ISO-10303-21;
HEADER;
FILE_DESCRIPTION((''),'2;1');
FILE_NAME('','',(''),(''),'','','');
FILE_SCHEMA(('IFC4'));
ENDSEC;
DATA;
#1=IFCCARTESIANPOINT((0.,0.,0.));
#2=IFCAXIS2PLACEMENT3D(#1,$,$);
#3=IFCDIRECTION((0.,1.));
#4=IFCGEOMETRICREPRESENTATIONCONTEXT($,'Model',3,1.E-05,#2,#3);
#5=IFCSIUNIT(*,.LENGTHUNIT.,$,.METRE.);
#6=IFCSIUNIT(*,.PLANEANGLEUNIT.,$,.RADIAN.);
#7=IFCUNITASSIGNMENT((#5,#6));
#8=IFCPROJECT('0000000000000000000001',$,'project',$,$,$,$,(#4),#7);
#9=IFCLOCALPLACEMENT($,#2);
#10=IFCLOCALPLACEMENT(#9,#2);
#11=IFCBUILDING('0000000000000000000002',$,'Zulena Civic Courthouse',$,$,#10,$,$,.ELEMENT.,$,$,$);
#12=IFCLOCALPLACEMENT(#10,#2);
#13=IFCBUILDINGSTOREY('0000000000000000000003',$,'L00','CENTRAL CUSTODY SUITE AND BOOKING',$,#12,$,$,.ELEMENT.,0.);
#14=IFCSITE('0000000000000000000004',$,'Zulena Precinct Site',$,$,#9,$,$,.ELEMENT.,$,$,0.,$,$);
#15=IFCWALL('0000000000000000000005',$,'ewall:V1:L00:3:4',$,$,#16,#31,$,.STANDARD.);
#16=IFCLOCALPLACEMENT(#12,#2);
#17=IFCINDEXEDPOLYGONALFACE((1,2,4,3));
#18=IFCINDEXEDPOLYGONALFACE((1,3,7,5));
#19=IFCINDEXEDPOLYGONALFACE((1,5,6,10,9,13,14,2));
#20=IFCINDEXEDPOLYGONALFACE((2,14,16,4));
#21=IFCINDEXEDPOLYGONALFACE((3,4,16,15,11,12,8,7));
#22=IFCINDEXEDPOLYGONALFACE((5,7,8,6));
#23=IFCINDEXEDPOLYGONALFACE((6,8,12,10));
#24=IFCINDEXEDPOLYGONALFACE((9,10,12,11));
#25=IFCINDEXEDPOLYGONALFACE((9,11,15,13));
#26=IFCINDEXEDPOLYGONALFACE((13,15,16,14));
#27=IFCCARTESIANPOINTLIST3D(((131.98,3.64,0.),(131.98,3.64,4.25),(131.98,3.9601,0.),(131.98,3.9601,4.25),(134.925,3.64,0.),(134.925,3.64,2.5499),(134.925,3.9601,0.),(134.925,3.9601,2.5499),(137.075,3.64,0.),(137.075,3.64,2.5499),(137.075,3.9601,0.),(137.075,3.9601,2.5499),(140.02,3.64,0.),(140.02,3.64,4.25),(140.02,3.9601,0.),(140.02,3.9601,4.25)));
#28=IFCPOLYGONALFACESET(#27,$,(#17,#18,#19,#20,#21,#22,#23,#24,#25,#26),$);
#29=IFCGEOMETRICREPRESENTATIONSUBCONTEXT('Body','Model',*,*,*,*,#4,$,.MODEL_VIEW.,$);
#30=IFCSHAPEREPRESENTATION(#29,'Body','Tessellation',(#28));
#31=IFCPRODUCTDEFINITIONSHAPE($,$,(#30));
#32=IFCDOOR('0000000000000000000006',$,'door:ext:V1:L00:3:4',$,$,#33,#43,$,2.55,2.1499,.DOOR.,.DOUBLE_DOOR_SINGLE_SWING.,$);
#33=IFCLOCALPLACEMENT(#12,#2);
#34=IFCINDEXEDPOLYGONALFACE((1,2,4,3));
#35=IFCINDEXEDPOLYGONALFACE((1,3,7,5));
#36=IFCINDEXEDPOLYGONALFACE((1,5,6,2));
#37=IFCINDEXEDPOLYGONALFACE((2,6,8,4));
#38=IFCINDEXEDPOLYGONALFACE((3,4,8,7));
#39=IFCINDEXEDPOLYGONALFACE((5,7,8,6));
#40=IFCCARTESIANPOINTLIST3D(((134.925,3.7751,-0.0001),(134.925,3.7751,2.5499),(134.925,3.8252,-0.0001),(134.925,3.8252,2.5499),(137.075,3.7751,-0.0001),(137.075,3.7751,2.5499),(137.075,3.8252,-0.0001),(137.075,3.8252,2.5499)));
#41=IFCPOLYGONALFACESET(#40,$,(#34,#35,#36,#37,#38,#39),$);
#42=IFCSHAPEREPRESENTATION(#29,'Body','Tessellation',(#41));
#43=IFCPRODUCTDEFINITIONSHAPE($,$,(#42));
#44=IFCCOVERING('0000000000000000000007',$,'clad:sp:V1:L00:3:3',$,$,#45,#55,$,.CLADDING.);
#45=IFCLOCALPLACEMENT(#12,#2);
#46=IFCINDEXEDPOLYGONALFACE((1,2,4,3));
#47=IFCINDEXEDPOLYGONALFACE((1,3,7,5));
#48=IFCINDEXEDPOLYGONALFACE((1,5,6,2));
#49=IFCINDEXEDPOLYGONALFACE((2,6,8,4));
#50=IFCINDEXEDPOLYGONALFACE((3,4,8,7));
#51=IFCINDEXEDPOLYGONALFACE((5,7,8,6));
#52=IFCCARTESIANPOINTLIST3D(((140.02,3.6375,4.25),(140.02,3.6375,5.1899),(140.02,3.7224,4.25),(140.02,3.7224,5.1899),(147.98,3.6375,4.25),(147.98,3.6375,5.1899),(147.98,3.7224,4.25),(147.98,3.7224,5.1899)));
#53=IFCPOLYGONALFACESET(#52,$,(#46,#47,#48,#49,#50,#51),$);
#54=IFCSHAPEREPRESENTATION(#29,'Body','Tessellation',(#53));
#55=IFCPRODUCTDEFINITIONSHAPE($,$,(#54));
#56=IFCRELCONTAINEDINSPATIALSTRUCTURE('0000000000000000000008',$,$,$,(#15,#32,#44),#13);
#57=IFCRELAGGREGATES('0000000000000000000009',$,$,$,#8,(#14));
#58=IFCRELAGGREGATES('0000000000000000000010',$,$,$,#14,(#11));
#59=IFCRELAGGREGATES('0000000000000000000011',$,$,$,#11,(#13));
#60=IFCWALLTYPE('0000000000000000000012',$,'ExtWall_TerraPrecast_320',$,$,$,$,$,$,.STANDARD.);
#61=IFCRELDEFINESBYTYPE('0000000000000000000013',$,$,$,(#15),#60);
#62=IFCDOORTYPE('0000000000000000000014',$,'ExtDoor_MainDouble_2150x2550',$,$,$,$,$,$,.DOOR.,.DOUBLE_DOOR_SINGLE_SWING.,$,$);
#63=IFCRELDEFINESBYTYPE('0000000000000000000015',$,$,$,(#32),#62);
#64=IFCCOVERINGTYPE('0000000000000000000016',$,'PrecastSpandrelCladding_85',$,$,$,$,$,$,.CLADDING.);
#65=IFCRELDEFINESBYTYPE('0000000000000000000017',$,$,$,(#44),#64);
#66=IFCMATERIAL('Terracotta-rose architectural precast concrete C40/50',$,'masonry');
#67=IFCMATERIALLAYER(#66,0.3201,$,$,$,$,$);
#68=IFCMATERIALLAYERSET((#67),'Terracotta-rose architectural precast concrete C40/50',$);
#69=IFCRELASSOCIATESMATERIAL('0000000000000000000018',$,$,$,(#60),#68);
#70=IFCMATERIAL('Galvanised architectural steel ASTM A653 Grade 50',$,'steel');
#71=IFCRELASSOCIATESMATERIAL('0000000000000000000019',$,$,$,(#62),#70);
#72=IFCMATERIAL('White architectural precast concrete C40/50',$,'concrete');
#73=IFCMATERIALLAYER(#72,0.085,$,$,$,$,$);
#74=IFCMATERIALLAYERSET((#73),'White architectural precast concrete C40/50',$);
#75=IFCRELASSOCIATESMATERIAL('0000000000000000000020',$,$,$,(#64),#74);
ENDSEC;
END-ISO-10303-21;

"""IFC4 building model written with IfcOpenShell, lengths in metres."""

from ifc_helpers import new_model, si_unit, direction, frame, frame_2d, origin, origin_2d, place, context, subcontext, project, spatial, rectangle, extrude, material, layer, layer_set, type_object, element, fill, save


model = new_model("IFC4")

# Units and contexts
model_context = context("Model", 3, precision=1e-05, world=origin(), true_north=direction((0.0, 1.0)))
body_context = subcontext(model_context, "Body", "Model", "MODEL_VIEW")
ifc_project = project(units=[si_unit("LENGTHUNIT", "METRE"), si_unit("PLANEANGLEUNIT", "RADIAN")], contexts=[model_context])

# Site, building, storey
site_placement = place(None, origin())
site = spatial("IfcSite", under=ifc_project, at=site_placement, Name="Zulena Precinct Site", CompositionType="ELEMENT", RefElevation=0.0)
building_placement = place(site_placement, origin())
building = spatial("IfcBuilding", under=site, at=building_placement, Name="Zulena Civic Courthouse", CompositionType="ELEMENT")
storey_placement = place(building_placement, origin())
storey = spatial("IfcBuildingStorey", under=building, at=storey_placement, Name="L00", Description="CENTRAL CUSTODY SUITE AND BOOKING", CompositionType="ELEMENT", Elevation=0.0)

# Wall, opening, door
ifc_material_1 = material(Name="Terracotta-rose architectural precast concrete C40/50", Category="masonry")
ifc_layer_1 = layer(ifc_material_1, 0.3201)
ifc_layer_set_1 = layer_set([ifc_layer_1], Name="Terracotta-rose architectural precast concrete C40/50")
wall_type = type_object("IfcWallType", Name="ExtWall_TerraPrecast_320", PredefinedType="STANDARD", material=ifc_layer_set_1)
wall_placement = place(storey_placement, frame((140.02, 3.8, 0.0), z_axis=(0.0, 0.0, 1.0), x_axis=(-1.0, 0.0, 0.0)))
wall = element("IfcWall", 1, at=wall_placement, inside=storey, type_object=wall_type, Name="ewall:V1:L00:3:4", PredefinedType="STANDARD", context=body_context, shape_type="SweptSolid", body=[
    extrude(rectangle(XDim=8.04, YDim=0.3201, at=frame_2d((4.02, 0.0))), origin(), (0.0, 0.0, 1.0), 4.25),
])
opening_placement = place(wall_placement, frame((2.9451, 0.0, 0.0)))
opening = element("IfcOpeningElement", 2, at=opening_placement, cuts=wall, PredefinedType="OPENING", context=body_context, shape_type="SweptSolid", body=[
    extrude(rectangle(XDim=2.1499, YDim=2.55, at=frame_2d((1.075, 1.2749))), frame((0.0, 0.1699, 0.0), z_axis=(0.0, -1.0, 0.0), x_axis=(1.0, 0.0, 0.0)), (0.0, 0.0, 1.0), 0.3401),
])
ifc_material_2 = material(Name="Galvanised architectural steel ASTM A653 Grade 50", Category="steel")
door_type = type_object("IfcDoorType", Name="ExtDoor_MainDouble_2150x2550", OperationType="DOUBLE_DOOR_SINGLE_SWING", PredefinedType="DOOR", material=ifc_material_2)
door_placement = place(opening_placement, origin())
door = element("IfcDoor", 3, at=door_placement, inside=storey, type_object=door_type, Name="door:ext:V1:L00:3:4", OperationType="DOUBLE_DOOR_SINGLE_SWING", OverallHeight=2.55, OverallWidth=2.1499, PredefinedType="DOOR", context=body_context, shape_type="SweptSolid", body=[
    extrude(rectangle(XDim=2.1499, YDim=2.55, at=frame_2d((1.075, 1.2749))), frame((0.0, 0.0249, 0.0), z_axis=(0.0, -1.0, 0.0), x_axis=(1.0, 0.0, 0.0)), (0.0, 0.0, 1.0), 0.05),
])
fill(opening, door)

# Covering
ifc_material_3 = material(Name="White architectural precast concrete C40/50", Category="concrete")
ifc_layer_2 = layer(ifc_material_3, 0.085)
ifc_layer_set_2 = layer_set([ifc_layer_2], Name="White architectural precast concrete C40/50")
covering_type = type_object("IfcCoveringType", Name="PrecastSpandrelCladding_85", PredefinedType="CLADDING", material=ifc_layer_set_2)
covering_placement = place(storey_placement, frame((144.0, 3.6799, 4.25), z_axis=(0.0, 0.0, 1.0), x_axis=(-1.0, 0.0, 0.0)))
element("IfcCovering", 4, at=covering_placement, inside=storey, type_object=covering_type, Name="clad:sp:V1:L00:3:3", PredefinedType="CLADDING", context=body_context, shape_type="SweptSolid", body=[
    extrude(rectangle(XDim=7.96, YDim=0.085, at=origin_2d()), origin(), (0.0, 0.0, 1.0), 0.9399),
])

save(model, "model.ifc")
